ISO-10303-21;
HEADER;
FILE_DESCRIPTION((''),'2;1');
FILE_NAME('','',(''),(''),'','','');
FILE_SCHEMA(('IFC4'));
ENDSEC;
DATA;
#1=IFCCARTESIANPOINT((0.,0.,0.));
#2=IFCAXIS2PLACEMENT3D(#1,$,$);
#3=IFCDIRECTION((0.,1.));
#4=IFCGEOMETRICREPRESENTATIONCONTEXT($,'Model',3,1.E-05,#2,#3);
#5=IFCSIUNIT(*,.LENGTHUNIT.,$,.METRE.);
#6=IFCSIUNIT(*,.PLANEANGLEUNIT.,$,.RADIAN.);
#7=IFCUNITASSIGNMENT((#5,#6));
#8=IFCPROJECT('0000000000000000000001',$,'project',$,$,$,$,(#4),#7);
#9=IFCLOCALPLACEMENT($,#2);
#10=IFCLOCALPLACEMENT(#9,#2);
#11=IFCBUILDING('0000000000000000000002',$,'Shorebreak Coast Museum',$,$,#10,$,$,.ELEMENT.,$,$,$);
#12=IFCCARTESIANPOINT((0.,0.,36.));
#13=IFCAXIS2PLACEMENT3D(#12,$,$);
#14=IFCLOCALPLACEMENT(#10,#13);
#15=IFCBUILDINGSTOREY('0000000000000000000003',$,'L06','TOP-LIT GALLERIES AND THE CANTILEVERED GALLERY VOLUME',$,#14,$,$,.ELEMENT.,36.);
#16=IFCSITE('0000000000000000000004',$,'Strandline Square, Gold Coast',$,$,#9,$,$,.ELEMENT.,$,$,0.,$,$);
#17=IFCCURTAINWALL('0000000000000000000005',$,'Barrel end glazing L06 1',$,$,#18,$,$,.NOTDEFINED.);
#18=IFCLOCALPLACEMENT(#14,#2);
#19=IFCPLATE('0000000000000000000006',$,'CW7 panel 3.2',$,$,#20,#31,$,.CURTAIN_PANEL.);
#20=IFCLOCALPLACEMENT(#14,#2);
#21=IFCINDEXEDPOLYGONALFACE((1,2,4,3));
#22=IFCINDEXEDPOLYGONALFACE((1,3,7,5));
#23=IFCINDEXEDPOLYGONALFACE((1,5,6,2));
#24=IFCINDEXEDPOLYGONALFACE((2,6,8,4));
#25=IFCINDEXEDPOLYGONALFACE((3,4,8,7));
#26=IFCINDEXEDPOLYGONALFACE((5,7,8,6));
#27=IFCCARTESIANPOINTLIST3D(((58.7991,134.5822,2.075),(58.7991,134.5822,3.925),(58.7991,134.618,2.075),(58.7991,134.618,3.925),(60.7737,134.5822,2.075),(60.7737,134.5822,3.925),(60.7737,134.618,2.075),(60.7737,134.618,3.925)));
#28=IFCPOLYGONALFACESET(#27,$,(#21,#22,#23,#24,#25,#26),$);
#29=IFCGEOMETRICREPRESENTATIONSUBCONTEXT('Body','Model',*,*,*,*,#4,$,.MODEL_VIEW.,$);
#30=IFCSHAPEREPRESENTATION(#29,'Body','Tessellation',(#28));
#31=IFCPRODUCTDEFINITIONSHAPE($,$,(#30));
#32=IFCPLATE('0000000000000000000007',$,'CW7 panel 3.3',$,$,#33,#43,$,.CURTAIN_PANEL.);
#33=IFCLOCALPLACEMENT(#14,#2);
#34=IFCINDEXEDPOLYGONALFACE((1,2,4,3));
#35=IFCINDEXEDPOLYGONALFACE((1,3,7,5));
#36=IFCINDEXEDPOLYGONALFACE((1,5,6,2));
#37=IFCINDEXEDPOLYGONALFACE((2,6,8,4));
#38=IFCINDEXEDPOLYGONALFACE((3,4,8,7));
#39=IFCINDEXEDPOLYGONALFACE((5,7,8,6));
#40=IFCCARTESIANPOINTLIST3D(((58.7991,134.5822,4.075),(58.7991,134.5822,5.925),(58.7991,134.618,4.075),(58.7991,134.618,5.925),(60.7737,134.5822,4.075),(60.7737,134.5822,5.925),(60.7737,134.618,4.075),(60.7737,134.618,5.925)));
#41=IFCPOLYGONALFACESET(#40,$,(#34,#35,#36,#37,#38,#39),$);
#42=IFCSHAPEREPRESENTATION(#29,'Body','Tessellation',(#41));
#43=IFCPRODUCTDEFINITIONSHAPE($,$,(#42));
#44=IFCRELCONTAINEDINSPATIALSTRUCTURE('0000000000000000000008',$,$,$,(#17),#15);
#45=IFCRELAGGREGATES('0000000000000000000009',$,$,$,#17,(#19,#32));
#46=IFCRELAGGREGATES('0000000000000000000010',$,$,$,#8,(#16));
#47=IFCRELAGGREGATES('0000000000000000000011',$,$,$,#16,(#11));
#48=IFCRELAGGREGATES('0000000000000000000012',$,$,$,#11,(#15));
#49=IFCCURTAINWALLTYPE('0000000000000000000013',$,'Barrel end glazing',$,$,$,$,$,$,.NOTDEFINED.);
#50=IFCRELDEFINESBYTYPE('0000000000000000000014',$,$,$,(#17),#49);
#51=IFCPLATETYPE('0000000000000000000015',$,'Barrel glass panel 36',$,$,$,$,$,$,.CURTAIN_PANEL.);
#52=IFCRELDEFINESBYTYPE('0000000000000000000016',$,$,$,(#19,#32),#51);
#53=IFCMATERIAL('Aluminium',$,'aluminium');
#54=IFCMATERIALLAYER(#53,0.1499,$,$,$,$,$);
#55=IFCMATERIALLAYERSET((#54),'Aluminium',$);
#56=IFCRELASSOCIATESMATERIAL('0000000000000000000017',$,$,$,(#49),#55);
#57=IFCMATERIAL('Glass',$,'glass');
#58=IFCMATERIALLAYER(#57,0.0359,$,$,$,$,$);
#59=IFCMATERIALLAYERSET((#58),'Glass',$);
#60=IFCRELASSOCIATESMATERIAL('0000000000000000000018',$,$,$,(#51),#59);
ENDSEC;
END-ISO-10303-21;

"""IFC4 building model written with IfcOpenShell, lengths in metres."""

from ifc_helpers import new_model, si_unit, direction, frame, origin, origin_2d, place, context, subcontext, project, spatial, rectangle, extrude, material, layer, layer_set, type_object, element, aggregate, save


model = new_model("IFC4")

# Units and contexts
model_context = context("Model", 3, precision=1e-05, world=origin(), true_north=direction((0.0, 1.0)))
body_context = subcontext(model_context, "Body", "Model", "MODEL_VIEW")
ifc_project = project(units=[si_unit("LENGTHUNIT", "METRE"), si_unit("PLANEANGLEUNIT", "RADIAN")], contexts=[model_context])

# Site, building, storey
site_placement = place(None, origin())
site = spatial("IfcSite", under=ifc_project, at=site_placement, Name="Strandline Square, Gold Coast", CompositionType="ELEMENT", RefElevation=0.0)
building_placement = place(site_placement, origin())
building = spatial("IfcBuilding", under=site, at=building_placement, Name="Shorebreak Coast Museum", CompositionType="ELEMENT")
storey_placement = place(building_placement, frame((0.0, 0.0, 36.0)))
storey = spatial("IfcBuildingStorey", under=building, at=storey_placement, Name="L06", Description="TOP-LIT GALLERIES AND THE CANTILEVERED GALLERY VOLUME", CompositionType="ELEMENT", Elevation=36.0)

# Curtain wall
ifc_material_1 = material(Name="Aluminium", Category="aluminium")
ifc_layer_1 = layer(ifc_material_1, 0.1499)
ifc_layer_set_1 = layer_set([ifc_layer_1], Name="Aluminium")
curtain_wall_type = type_object("IfcCurtainWallType", Name="Barrel end glazing", PredefinedType="NOTDEFINED", material=ifc_layer_set_1)
curtain_wall_placement = place(storey_placement, origin())
curtain_wall = element("IfcCurtainWall", 1, at=curtain_wall_placement, inside=storey, type_object=curtain_wall_type, Name="Barrel end glazing L06 1", PredefinedType="NOTDEFINED")

# Plates
ifc_material_2 = material(Name="Glass", Category="glass")
ifc_layer_2 = layer(ifc_material_2, 0.0359)
ifc_layer_set_2 = layer_set([ifc_layer_2], Name="Glass")
plate_type = type_object("IfcPlateType", Name="Barrel glass panel 36", PredefinedType="CURTAIN_PANEL", material=ifc_layer_set_2)
plate_1_placement = place(storey_placement, frame((59.7864, 134.6001, 2.075), z_axis=(0.0, 0.0, 1.0), x_axis=(1.0, 0.0, 0.0)))
plate_1 = element("IfcPlate", 2, at=plate_1_placement, type_object=plate_type, Name="CW7 panel 3.2", PredefinedType="CURTAIN_PANEL", context=body_context, shape_type="SweptSolid", body=[
    extrude(rectangle(XDim=1.9746, YDim=0.0359, at=origin_2d()), origin(), (0.0, 0.0, 1.0), 1.8501),
])
plate_2_placement = place(storey_placement, frame((59.7864, 134.6001, 4.075), z_axis=(0.0, 0.0, 1.0), x_axis=(1.0, 0.0, 0.0)))
plate_2 = element("IfcPlate", 3, at=plate_2_placement, type_object=plate_type, Name="CW7 panel 3.3", PredefinedType="CURTAIN_PANEL", context=body_context, shape_type="SweptSolid", body=[
    extrude(rectangle(XDim=1.9746, YDim=0.0359, at=origin_2d()), origin(), (0.0, 0.0, 1.0), 1.8501),
])
aggregate(curtain_wall, [plate_1, plate_2])

save(model, "model.ifc")
